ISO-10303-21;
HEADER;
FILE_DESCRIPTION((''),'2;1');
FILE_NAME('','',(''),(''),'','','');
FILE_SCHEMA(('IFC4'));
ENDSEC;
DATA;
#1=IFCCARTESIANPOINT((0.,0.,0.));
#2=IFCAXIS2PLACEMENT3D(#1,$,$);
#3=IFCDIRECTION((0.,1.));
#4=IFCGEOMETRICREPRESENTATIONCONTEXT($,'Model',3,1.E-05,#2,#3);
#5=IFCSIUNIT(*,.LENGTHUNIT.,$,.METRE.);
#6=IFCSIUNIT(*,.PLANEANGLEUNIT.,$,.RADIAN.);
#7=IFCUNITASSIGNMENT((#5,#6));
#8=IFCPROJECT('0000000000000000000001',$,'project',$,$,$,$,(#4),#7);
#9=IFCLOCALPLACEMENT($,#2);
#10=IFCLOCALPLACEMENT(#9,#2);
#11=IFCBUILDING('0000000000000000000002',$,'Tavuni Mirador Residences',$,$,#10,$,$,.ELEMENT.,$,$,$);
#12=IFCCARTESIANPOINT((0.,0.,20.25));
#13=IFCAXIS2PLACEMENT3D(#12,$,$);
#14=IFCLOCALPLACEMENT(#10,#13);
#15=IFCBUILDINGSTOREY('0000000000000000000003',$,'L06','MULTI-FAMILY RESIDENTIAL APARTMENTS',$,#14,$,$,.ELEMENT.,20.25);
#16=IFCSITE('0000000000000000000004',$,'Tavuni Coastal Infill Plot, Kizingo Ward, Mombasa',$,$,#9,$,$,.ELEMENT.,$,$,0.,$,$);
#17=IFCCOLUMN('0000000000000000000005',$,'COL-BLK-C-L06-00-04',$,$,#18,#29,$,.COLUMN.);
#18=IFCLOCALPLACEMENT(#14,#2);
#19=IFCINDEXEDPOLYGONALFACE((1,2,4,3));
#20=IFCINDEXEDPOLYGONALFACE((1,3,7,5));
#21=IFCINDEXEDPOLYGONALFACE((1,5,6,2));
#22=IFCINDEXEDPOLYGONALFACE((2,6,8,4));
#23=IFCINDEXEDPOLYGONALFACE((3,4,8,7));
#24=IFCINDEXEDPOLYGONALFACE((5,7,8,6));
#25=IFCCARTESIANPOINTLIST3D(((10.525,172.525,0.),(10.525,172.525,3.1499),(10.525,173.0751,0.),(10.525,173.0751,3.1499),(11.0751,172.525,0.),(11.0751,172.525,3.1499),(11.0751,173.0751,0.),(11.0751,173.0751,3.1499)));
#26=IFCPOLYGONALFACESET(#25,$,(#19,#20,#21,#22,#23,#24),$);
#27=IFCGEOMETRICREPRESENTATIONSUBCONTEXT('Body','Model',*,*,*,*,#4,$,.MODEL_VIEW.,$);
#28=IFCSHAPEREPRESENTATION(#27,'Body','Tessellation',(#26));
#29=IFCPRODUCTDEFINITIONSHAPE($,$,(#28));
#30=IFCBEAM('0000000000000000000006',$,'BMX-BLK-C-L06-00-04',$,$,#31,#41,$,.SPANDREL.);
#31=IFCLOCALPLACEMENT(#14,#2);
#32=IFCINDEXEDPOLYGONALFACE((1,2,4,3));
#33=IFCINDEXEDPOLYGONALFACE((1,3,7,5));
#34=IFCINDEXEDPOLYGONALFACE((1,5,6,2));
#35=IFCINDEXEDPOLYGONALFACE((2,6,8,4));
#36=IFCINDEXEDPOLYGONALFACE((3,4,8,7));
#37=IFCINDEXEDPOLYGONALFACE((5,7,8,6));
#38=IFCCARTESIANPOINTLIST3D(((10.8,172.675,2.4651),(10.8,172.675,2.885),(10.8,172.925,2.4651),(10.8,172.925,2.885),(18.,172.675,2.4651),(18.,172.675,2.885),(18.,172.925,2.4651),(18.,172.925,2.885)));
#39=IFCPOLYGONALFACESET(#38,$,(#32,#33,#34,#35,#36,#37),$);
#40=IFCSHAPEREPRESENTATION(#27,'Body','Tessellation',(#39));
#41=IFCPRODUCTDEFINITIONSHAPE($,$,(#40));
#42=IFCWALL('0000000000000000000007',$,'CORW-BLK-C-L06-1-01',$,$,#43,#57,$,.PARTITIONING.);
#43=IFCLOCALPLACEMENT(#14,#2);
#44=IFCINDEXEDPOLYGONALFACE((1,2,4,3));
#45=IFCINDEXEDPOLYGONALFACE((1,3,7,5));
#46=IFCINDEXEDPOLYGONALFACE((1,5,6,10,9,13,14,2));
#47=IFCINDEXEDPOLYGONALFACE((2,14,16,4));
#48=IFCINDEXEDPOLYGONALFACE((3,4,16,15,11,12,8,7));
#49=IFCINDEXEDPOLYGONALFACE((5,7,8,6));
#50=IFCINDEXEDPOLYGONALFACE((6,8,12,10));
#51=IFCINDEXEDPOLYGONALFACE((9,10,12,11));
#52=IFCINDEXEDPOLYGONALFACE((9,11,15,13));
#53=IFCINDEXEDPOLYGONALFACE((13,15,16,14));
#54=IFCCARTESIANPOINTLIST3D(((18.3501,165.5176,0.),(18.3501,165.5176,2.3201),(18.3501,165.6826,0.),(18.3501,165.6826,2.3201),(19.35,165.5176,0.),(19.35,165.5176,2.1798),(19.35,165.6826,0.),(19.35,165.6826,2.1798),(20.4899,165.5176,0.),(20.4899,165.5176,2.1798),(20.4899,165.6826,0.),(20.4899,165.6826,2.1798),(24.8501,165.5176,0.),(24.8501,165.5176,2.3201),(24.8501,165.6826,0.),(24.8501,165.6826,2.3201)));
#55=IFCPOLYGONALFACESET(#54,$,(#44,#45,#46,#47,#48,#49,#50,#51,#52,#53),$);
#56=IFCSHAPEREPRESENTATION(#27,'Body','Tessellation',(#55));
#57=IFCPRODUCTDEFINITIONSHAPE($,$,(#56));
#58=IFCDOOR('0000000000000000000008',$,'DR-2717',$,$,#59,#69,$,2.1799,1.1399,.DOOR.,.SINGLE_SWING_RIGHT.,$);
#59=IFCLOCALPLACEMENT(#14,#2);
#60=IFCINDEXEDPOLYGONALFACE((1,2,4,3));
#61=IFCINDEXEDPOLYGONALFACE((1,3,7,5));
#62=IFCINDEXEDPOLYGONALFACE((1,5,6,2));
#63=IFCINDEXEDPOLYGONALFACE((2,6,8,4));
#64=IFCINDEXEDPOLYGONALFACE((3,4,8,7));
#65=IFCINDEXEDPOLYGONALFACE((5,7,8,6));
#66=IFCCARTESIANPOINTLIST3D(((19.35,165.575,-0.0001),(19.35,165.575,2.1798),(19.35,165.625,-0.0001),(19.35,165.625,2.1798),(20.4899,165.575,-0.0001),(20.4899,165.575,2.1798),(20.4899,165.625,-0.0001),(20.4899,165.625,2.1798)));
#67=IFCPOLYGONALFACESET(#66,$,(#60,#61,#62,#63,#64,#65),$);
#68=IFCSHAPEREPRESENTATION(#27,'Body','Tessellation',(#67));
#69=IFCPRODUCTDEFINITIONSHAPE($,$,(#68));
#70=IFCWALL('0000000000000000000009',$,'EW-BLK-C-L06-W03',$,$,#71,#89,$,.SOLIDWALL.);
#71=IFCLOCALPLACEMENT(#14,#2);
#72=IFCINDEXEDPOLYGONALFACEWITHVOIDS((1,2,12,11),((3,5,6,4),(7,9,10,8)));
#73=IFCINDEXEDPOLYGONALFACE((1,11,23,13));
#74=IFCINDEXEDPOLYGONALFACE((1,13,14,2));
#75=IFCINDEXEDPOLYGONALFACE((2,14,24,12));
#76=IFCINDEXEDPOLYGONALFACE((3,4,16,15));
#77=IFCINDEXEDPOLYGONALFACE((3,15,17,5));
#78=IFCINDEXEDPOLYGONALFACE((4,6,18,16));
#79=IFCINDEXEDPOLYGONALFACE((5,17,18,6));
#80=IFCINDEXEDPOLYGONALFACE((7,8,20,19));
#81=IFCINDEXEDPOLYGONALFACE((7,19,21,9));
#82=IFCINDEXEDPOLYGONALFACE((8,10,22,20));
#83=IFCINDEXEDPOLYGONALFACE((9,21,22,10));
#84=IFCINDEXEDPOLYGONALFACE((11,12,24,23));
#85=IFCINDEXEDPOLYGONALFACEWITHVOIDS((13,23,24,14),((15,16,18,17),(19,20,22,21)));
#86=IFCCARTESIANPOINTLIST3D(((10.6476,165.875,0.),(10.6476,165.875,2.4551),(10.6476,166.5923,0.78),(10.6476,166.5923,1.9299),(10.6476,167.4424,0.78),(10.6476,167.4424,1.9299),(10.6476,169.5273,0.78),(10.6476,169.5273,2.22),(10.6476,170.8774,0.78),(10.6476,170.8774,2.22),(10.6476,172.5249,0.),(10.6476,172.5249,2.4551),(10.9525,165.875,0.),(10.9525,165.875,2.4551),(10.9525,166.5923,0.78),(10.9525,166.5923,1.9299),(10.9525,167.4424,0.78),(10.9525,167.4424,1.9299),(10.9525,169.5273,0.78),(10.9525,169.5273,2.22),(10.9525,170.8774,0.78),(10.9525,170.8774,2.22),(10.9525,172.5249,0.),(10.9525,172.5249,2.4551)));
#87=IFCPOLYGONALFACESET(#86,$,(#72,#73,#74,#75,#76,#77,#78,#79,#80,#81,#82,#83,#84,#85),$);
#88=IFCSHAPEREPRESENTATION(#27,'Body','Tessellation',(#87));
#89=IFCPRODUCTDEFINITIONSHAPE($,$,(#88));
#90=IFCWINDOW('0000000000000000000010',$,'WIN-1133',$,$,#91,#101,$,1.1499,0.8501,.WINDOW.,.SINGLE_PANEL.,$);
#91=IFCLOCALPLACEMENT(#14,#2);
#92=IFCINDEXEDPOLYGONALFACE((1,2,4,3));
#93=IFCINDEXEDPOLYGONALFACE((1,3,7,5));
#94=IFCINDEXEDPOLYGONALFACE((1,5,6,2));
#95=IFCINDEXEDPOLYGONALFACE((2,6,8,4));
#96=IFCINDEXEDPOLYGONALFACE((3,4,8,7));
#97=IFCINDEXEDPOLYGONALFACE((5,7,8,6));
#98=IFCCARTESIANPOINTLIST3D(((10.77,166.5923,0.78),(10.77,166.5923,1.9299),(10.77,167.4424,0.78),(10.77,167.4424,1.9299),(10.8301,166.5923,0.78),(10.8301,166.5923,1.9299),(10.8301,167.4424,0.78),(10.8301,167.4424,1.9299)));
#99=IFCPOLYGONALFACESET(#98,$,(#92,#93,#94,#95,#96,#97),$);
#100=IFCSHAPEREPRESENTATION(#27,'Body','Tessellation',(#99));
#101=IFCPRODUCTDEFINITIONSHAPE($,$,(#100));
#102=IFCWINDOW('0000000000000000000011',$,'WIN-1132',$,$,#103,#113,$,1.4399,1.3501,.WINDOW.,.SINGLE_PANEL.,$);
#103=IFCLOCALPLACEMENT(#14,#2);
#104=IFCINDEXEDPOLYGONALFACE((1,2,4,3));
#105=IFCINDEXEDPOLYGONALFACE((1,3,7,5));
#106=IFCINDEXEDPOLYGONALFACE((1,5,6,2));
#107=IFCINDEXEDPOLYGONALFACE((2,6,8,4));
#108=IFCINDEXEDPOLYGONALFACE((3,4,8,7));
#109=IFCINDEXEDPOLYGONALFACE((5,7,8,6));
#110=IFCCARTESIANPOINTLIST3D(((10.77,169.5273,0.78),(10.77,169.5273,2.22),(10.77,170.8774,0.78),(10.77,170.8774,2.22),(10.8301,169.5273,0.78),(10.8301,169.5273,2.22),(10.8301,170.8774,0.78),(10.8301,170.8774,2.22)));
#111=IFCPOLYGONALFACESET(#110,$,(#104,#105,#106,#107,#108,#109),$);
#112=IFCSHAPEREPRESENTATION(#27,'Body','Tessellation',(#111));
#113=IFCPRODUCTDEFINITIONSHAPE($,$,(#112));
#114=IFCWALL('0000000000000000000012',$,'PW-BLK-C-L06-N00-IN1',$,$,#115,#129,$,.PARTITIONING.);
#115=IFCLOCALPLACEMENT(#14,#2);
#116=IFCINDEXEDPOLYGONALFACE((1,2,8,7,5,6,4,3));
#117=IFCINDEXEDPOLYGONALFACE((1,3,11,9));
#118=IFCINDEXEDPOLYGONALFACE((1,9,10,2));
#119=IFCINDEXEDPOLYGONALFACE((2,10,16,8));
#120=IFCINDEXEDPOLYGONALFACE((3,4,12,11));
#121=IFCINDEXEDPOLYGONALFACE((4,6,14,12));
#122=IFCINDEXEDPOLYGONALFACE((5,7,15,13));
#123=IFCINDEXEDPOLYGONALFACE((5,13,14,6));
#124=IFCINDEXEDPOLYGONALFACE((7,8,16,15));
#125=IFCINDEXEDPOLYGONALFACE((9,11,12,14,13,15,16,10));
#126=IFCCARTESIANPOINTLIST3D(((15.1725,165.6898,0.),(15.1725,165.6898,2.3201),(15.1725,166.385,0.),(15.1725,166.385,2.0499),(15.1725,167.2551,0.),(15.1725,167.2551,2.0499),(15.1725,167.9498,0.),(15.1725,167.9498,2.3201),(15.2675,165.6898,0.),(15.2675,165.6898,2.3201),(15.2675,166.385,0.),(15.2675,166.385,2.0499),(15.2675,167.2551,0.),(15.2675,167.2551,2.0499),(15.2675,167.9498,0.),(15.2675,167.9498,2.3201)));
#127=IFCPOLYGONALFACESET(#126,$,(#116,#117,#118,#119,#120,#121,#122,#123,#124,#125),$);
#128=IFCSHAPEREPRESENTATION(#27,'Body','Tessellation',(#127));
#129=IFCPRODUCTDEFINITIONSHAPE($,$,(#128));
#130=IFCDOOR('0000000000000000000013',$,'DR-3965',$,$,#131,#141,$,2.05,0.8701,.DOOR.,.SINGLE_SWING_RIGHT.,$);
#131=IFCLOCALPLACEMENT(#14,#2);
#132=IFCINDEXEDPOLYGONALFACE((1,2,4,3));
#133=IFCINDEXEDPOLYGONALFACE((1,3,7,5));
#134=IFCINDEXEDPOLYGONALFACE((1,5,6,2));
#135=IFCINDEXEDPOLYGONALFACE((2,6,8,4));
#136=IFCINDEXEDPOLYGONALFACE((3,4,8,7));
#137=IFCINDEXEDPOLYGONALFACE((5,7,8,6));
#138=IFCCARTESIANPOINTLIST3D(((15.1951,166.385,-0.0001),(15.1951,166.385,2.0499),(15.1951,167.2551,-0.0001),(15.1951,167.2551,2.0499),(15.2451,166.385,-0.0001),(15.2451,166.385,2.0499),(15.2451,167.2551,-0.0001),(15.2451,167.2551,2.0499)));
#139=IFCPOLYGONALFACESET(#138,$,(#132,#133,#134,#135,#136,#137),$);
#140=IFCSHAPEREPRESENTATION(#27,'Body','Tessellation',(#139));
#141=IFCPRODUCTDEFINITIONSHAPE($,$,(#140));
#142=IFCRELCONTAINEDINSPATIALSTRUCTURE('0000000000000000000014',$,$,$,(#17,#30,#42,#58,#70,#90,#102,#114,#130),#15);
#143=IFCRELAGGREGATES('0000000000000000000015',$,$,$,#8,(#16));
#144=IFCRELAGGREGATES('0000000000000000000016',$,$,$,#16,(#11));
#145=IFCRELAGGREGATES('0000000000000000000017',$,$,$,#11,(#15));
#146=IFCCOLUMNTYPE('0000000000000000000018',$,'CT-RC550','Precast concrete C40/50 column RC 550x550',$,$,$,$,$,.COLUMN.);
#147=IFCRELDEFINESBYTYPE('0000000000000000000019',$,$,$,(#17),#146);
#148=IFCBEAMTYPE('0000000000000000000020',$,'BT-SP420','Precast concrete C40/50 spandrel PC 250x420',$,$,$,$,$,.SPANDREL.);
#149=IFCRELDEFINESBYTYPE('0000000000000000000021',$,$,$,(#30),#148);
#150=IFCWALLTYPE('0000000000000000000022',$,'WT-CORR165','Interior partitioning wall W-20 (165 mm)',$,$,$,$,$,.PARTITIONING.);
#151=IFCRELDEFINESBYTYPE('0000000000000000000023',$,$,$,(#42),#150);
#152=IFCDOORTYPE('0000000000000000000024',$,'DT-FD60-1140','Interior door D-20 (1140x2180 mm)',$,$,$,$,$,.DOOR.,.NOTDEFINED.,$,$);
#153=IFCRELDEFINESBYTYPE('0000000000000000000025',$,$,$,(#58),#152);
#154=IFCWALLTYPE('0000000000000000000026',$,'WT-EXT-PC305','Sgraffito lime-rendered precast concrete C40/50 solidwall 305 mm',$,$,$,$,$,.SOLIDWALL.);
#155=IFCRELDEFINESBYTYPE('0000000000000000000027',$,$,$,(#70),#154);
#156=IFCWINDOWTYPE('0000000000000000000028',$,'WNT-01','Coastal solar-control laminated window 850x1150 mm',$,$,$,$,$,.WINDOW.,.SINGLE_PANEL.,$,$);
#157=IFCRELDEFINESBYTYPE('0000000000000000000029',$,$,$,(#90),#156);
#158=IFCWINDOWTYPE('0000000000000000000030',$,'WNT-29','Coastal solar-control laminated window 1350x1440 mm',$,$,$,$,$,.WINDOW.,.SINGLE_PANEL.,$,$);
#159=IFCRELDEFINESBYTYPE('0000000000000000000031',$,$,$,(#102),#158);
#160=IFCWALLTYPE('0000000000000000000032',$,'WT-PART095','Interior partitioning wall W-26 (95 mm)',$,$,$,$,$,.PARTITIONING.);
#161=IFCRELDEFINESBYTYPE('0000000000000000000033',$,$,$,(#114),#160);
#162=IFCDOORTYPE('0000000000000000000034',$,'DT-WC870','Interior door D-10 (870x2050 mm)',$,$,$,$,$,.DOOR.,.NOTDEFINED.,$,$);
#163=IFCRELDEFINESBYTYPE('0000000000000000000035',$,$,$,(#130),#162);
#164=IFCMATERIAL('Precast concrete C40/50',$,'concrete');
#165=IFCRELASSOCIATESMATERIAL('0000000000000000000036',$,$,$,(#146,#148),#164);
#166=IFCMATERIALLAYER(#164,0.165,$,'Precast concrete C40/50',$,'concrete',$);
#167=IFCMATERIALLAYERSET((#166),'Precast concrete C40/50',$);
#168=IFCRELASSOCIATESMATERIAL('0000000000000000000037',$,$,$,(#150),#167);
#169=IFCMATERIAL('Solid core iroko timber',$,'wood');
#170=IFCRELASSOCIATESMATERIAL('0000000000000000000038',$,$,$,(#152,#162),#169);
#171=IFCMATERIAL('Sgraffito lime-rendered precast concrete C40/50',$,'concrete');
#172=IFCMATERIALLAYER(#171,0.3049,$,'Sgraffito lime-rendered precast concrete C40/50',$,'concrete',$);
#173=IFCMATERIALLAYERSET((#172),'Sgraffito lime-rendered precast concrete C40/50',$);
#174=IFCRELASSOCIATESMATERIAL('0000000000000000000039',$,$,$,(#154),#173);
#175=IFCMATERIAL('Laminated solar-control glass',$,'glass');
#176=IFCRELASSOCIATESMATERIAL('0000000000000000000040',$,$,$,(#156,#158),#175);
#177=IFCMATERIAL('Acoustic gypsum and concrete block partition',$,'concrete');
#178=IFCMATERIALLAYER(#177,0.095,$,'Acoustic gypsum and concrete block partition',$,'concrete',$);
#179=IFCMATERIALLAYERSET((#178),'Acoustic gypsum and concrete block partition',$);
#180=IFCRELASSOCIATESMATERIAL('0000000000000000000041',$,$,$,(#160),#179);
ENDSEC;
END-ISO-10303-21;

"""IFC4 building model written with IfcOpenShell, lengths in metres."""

from ifc_helpers import new_model, si_unit, direction, frame, frame_2d, origin, origin_2d, place, context, subcontext, project, spatial, rectangle, extrude, material, layer, layer_set, material_profile, profile_set, type_object, element, fill, save


model = new_model("IFC4")

# Units and contexts
model_context = context("Model", 3, precision=1e-05, world=origin(), true_north=direction((0.0, 1.0)))
body_context = subcontext(model_context, "Body", "Model", "MODEL_VIEW")
ifc_project = project(units=[si_unit("LENGTHUNIT", "METRE"), si_unit("PLANEANGLEUNIT", "RADIAN")], contexts=[model_context])

# Site, building, storey
site_placement = place(None, origin())
site = spatial("IfcSite", under=ifc_project, at=site_placement, Name="Tavuni Coastal Infill Plot, Kizingo Ward, Mombasa", CompositionType="ELEMENT", RefElevation=0.0)
building_placement = place(site_placement, origin())
building = spatial("IfcBuilding", under=site, at=building_placement, Name="Tavuni Mirador Residences", CompositionType="ELEMENT")
storey_placement = place(building_placement, frame((0.0, 0.0, 20.25)))
storey = spatial("IfcBuildingStorey", under=building, at=storey_placement, Name="L06", Description="MULTI-FAMILY RESIDENTIAL APARTMENTS", CompositionType="ELEMENT", Elevation=20.25)

# Column
ifc_material_1 = material(Name="Precast concrete C40/50", Category="concrete")
ifc_material_profile_1 = material_profile(ifc_material_1, rectangle(XDim=0.55, YDim=0.55, at=origin_2d()), Name="RC 550x550", Category="concrete")
ifc_profile_set_1 = profile_set([ifc_material_profile_1], Name="Precast concrete C40/50")
column_type = type_object("IfcColumnType", Name="CT-RC550", Description="Precast concrete C40/50 column RC 550x550", PredefinedType="COLUMN", material=ifc_profile_set_1)
column_placement = place(storey_placement, frame((10.8, 172.8, 0.0), z_axis=(0.0, 0.0, 1.0), x_axis=(1.0, 0.0, 0.0)))
element("IfcColumn", 1, at=column_placement, inside=storey, type_object=column_type, Name="COL-BLK-C-L06-00-04", PredefinedType="COLUMN", context=body_context, shape_type="SweptSolid", body=[
    extrude(rectangle(XDim=0.55, YDim=0.55, at=origin_2d()), origin(), (0.0, 0.0, 1.0), 3.1499),
])

# Beam
ifc_material_profile_2 = material_profile(ifc_material_1, rectangle(XDim=0.25, YDim=0.4199, at=origin_2d()), Name="PC 250x420", Category="concrete")
ifc_profile_set_2 = profile_set([ifc_material_profile_2], Name="Precast concrete C40/50")
beam_type = type_object("IfcBeamType", Name="BT-SP420", Description="Precast concrete C40/50 spandrel PC 250x420", PredefinedType="SPANDREL", material=ifc_profile_set_2)
beam_placement = place(storey_placement, frame((10.8, 172.8, 2.675), z_axis=(1.0, 0.0, 0.0), x_axis=(0.0, 1.0, 0.0)))
element("IfcBeam", 2, at=beam_placement, inside=storey, type_object=beam_type, Name="BMX-BLK-C-L06-00-04", PredefinedType="SPANDREL", context=body_context, shape_type="SweptSolid", body=[
    extrude(rectangle(XDim=0.25, YDim=0.4199, at=origin_2d()), origin(), (0.0, 0.0, 1.0), 7.2),
])

# Wall, opening, door
ifc_layer_1 = layer(ifc_material_1, 0.165, Name="Precast concrete C40/50", Category="concrete")
ifc_layer_set_1 = layer_set([ifc_layer_1], Name="Precast concrete C40/50")
wall_type_1 = type_object("IfcWallType", Name="WT-CORR165", Description="Interior partitioning wall W-20 (165 mm)", PredefinedType="PARTITIONING", material=ifc_layer_set_1)
wall_1_placement = place(storey_placement, frame((18.3501, 165.6001, 0.0), z_axis=(0.0, 0.0, 1.0), x_axis=(1.0, 0.0, 0.0)))
wall_1 = element("IfcWall", 3, at=wall_1_placement, inside=storey, type_object=wall_type_1, Name="CORW-BLK-C-L06-1-01", PredefinedType="PARTITIONING", context=body_context, shape_type="SweptSolid", body=[
    extrude(rectangle(XDim=6.5, YDim=0.165, at=frame_2d((3.25, 0.0))), origin(), (0.0, 0.0, 1.0), 2.3201),
])
opening_1_placement = place(wall_1_placement, frame((1.0, 0.0, 0.0)))
opening_1 = element("IfcOpeningElement", 4, at=opening_1_placement, cuts=wall_1, PredefinedType="OPENING", context=body_context, shape_type="SweptSolid", body=[
    extrude(rectangle(XDim=1.1399, YDim=2.1799, at=frame_2d((0.5698, 1.0898))), frame((0.0, 0.0925, 0.0), z_axis=(0.0, -1.0, 0.0), x_axis=(1.0, 0.0, 0.0)), (0.0, 0.0, 1.0), 0.1851),
])
ifc_material_2 = material(Name="Solid core iroko timber", Category="wood")
door_type_1 = type_object("IfcDoorType", Name="DT-FD60-1140", Description="Interior door D-20 (1140x2180 mm)", OperationType="NOTDEFINED", PredefinedType="DOOR", material=ifc_material_2)
door_1_placement = place(opening_1_placement, origin())
door_1 = element("IfcDoor", 5, at=door_1_placement, inside=storey, type_object=door_type_1, Name="DR-2717", OperationType="SINGLE_SWING_RIGHT", OverallHeight=2.1799, OverallWidth=1.1399, PredefinedType="DOOR", context=body_context, shape_type="SweptSolid", body=[
    extrude(rectangle(XDim=1.1399, YDim=2.1799, at=frame_2d((0.5698, 1.0898))), frame((0.0, 0.0249, 0.0), z_axis=(0.0, -1.0, 0.0), x_axis=(1.0, 0.0, 0.0)), (0.0, 0.0, 1.0), 0.05),
])
fill(opening_1, door_1)

# Wall, openings, windows
ifc_material_3 = material(Name="Sgraffito lime-rendered precast concrete C40/50", Category="concrete")
ifc_layer_2 = layer(ifc_material_3, 0.3049, Name="Sgraffito lime-rendered precast concrete C40/50", Category="concrete")
ifc_layer_set_2 = layer_set([ifc_layer_2], Name="Sgraffito lime-rendered precast concrete C40/50")
wall_type_2 = type_object("IfcWallType", Name="WT-EXT-PC305", Description="Sgraffito lime-rendered precast concrete C40/50 solidwall 305 mm", PredefinedType="SOLIDWALL", material=ifc_layer_set_2)
wall_2_placement = place(storey_placement, frame((10.8, 172.5249, 0.0), z_axis=(0.0, 0.0, 1.0), x_axis=(0.0, -1.0, 0.0)))
wall_2 = element("IfcWall", 6, at=wall_2_placement, inside=storey, type_object=wall_type_2, Name="EW-BLK-C-L06-W03", PredefinedType="SOLIDWALL", context=body_context, shape_type="SweptSolid", body=[
    extrude(rectangle(XDim=6.6499, YDim=0.3049, at=frame_2d((3.325, 0.0))), origin(), (0.0, 0.0, 1.0), 2.4551),
])
opening_2_placement = place(wall_2_placement, frame((1.6475, 0.0, 0.78)))
opening_2 = element("IfcOpeningElement", 7, at=opening_2_placement, cuts=wall_2, PredefinedType="OPENING", context=body_context, shape_type="SweptSolid", body=[
    extrude(rectangle(XDim=1.3501, YDim=1.4399, at=frame_2d((0.675, 0.72))), frame((0.0, 0.1626, 0.0), z_axis=(0.0, -1.0, 0.0), x_axis=(1.0, 0.0, 0.0)), (0.0, 0.0, 1.0), 0.325),
])
opening_3_placement = place(wall_2_placement, frame((5.0825, 0.0, 0.78)))
opening_3 = element("IfcOpeningElement", 8, at=opening_3_placement, cuts=wall_2, PredefinedType="OPENING", context=body_context, shape_type="SweptSolid", body=[
    extrude(rectangle(XDim=0.8501, YDim=1.1499, at=frame_2d((0.425, 0.575))), frame((0.0, 0.1626, 0.0), z_axis=(0.0, -1.0, 0.0), x_axis=(1.0, 0.0, 0.0)), (0.0, 0.0, 1.0), 0.325),
])
ifc_material_4 = material(Name="Laminated solar-control glass", Category="glass")
window_type_1 = type_object("IfcWindowType", Name="WNT-01", Description="Coastal solar-control laminated window 850x1150 mm", PartitioningType="SINGLE_PANEL", PredefinedType="WINDOW", material=ifc_material_4)
window_1_placement = place(opening_3_placement, origin())
window_1 = element("IfcWindow", 9, at=window_1_placement, inside=storey, type_object=window_type_1, Name="WIN-1133", OverallHeight=1.1499, OverallWidth=0.8501, PartitioningType="SINGLE_PANEL", PredefinedType="WINDOW", context=body_context, shape_type="SweptSolid", body=[
    extrude(rectangle(XDim=0.8501, YDim=1.1499, at=frame_2d((0.425, 0.575))), frame((0.0, 0.03, 0.0), z_axis=(0.0, -1.0, 0.0), x_axis=(1.0, 0.0, 0.0)), (0.0, 0.0, 1.0), 0.0601),
])
fill(opening_3, window_1)
window_type_2 = type_object("IfcWindowType", Name="WNT-29", Description="Coastal solar-control laminated window 1350x1440 mm", PartitioningType="SINGLE_PANEL", PredefinedType="WINDOW", material=ifc_material_4)
window_2_placement = place(opening_2_placement, origin())
window_2 = element("IfcWindow", 10, at=window_2_placement, inside=storey, type_object=window_type_2, Name="WIN-1132", OverallHeight=1.4399, OverallWidth=1.3501, PartitioningType="SINGLE_PANEL", PredefinedType="WINDOW", context=body_context, shape_type="SweptSolid", body=[
    extrude(rectangle(XDim=1.3501, YDim=1.4399, at=frame_2d((0.675, 0.72))), frame((0.0, 0.03, 0.0), z_axis=(0.0, -1.0, 0.0), x_axis=(1.0, 0.0, 0.0)), (0.0, 0.0, 1.0), 0.0601),
])
fill(opening_2, window_2)

# Wall, opening, door
ifc_material_5 = material(Name="Acoustic gypsum and concrete block partition", Category="concrete")
ifc_layer_3 = layer(ifc_material_5, 0.095, Name="Acoustic gypsum and concrete block partition", Category="concrete")
ifc_layer_set_3 = layer_set([ifc_layer_3], Name="Acoustic gypsum and concrete block partition")
wall_type_3 = type_object("IfcWallType", Name="WT-PART095", Description="Interior partitioning wall W-26 (95 mm)", PredefinedType="PARTITIONING", material=ifc_layer_set_3)
wall_3_placement = place(storey_placement, frame((15.22, 165.6899, 0.0), z_axis=(0.0, 0.0, 1.0), x_axis=(0.0, 1.0, 0.0)))
wall_3 = element("IfcWall", 11, at=wall_3_placement, inside=storey, type_object=wall_type_3, Name="PW-BLK-C-L06-N00-IN1", PredefinedType="PARTITIONING", context=body_context, shape_type="SweptSolid", body=[
    extrude(rectangle(XDim=2.26, YDim=0.095, at=frame_2d((1.1299, 0.0))), origin(), (0.0, 0.0, 1.0), 2.3201),
])
opening_4_placement = place(wall_3_placement, frame((0.6951, 0.0, 0.0)))
opening_4 = element("IfcOpeningElement", 12, at=opening_4_placement, cuts=wall_3, PredefinedType="OPENING", context=body_context, shape_type="SweptSolid", body=[
    extrude(rectangle(XDim=0.8701, YDim=2.05, at=frame_2d((0.4351, 1.0249))), frame((0.0, 0.0576, 0.0), z_axis=(0.0, -1.0, 0.0), x_axis=(1.0, 0.0, 0.0)), (0.0, 0.0, 1.0), 0.115),
])
door_type_2 = type_object("IfcDoorType", Name="DT-WC870", Description="Interior door D-10 (870x2050 mm)", OperationType="NOTDEFINED", PredefinedType="DOOR", material=ifc_material_2)
door_2_placement = place(opening_4_placement, origin())
door_2 = element("IfcDoor", 13, at=door_2_placement, inside=storey, type_object=door_type_2, Name="DR-3965", OperationType="SINGLE_SWING_RIGHT", OverallHeight=2.05, OverallWidth=0.8701, PredefinedType="DOOR", context=body_context, shape_type="SweptSolid", body=[
    extrude(rectangle(XDim=0.8701, YDim=2.05, at=frame_2d((0.4351, 1.0249))), frame((0.0, 0.0249, 0.0), z_axis=(0.0, -1.0, 0.0), x_axis=(1.0, 0.0, 0.0)), (0.0, 0.0, 1.0), 0.05),
])
fill(opening_4, door_2)

save(model, "model.ifc")
